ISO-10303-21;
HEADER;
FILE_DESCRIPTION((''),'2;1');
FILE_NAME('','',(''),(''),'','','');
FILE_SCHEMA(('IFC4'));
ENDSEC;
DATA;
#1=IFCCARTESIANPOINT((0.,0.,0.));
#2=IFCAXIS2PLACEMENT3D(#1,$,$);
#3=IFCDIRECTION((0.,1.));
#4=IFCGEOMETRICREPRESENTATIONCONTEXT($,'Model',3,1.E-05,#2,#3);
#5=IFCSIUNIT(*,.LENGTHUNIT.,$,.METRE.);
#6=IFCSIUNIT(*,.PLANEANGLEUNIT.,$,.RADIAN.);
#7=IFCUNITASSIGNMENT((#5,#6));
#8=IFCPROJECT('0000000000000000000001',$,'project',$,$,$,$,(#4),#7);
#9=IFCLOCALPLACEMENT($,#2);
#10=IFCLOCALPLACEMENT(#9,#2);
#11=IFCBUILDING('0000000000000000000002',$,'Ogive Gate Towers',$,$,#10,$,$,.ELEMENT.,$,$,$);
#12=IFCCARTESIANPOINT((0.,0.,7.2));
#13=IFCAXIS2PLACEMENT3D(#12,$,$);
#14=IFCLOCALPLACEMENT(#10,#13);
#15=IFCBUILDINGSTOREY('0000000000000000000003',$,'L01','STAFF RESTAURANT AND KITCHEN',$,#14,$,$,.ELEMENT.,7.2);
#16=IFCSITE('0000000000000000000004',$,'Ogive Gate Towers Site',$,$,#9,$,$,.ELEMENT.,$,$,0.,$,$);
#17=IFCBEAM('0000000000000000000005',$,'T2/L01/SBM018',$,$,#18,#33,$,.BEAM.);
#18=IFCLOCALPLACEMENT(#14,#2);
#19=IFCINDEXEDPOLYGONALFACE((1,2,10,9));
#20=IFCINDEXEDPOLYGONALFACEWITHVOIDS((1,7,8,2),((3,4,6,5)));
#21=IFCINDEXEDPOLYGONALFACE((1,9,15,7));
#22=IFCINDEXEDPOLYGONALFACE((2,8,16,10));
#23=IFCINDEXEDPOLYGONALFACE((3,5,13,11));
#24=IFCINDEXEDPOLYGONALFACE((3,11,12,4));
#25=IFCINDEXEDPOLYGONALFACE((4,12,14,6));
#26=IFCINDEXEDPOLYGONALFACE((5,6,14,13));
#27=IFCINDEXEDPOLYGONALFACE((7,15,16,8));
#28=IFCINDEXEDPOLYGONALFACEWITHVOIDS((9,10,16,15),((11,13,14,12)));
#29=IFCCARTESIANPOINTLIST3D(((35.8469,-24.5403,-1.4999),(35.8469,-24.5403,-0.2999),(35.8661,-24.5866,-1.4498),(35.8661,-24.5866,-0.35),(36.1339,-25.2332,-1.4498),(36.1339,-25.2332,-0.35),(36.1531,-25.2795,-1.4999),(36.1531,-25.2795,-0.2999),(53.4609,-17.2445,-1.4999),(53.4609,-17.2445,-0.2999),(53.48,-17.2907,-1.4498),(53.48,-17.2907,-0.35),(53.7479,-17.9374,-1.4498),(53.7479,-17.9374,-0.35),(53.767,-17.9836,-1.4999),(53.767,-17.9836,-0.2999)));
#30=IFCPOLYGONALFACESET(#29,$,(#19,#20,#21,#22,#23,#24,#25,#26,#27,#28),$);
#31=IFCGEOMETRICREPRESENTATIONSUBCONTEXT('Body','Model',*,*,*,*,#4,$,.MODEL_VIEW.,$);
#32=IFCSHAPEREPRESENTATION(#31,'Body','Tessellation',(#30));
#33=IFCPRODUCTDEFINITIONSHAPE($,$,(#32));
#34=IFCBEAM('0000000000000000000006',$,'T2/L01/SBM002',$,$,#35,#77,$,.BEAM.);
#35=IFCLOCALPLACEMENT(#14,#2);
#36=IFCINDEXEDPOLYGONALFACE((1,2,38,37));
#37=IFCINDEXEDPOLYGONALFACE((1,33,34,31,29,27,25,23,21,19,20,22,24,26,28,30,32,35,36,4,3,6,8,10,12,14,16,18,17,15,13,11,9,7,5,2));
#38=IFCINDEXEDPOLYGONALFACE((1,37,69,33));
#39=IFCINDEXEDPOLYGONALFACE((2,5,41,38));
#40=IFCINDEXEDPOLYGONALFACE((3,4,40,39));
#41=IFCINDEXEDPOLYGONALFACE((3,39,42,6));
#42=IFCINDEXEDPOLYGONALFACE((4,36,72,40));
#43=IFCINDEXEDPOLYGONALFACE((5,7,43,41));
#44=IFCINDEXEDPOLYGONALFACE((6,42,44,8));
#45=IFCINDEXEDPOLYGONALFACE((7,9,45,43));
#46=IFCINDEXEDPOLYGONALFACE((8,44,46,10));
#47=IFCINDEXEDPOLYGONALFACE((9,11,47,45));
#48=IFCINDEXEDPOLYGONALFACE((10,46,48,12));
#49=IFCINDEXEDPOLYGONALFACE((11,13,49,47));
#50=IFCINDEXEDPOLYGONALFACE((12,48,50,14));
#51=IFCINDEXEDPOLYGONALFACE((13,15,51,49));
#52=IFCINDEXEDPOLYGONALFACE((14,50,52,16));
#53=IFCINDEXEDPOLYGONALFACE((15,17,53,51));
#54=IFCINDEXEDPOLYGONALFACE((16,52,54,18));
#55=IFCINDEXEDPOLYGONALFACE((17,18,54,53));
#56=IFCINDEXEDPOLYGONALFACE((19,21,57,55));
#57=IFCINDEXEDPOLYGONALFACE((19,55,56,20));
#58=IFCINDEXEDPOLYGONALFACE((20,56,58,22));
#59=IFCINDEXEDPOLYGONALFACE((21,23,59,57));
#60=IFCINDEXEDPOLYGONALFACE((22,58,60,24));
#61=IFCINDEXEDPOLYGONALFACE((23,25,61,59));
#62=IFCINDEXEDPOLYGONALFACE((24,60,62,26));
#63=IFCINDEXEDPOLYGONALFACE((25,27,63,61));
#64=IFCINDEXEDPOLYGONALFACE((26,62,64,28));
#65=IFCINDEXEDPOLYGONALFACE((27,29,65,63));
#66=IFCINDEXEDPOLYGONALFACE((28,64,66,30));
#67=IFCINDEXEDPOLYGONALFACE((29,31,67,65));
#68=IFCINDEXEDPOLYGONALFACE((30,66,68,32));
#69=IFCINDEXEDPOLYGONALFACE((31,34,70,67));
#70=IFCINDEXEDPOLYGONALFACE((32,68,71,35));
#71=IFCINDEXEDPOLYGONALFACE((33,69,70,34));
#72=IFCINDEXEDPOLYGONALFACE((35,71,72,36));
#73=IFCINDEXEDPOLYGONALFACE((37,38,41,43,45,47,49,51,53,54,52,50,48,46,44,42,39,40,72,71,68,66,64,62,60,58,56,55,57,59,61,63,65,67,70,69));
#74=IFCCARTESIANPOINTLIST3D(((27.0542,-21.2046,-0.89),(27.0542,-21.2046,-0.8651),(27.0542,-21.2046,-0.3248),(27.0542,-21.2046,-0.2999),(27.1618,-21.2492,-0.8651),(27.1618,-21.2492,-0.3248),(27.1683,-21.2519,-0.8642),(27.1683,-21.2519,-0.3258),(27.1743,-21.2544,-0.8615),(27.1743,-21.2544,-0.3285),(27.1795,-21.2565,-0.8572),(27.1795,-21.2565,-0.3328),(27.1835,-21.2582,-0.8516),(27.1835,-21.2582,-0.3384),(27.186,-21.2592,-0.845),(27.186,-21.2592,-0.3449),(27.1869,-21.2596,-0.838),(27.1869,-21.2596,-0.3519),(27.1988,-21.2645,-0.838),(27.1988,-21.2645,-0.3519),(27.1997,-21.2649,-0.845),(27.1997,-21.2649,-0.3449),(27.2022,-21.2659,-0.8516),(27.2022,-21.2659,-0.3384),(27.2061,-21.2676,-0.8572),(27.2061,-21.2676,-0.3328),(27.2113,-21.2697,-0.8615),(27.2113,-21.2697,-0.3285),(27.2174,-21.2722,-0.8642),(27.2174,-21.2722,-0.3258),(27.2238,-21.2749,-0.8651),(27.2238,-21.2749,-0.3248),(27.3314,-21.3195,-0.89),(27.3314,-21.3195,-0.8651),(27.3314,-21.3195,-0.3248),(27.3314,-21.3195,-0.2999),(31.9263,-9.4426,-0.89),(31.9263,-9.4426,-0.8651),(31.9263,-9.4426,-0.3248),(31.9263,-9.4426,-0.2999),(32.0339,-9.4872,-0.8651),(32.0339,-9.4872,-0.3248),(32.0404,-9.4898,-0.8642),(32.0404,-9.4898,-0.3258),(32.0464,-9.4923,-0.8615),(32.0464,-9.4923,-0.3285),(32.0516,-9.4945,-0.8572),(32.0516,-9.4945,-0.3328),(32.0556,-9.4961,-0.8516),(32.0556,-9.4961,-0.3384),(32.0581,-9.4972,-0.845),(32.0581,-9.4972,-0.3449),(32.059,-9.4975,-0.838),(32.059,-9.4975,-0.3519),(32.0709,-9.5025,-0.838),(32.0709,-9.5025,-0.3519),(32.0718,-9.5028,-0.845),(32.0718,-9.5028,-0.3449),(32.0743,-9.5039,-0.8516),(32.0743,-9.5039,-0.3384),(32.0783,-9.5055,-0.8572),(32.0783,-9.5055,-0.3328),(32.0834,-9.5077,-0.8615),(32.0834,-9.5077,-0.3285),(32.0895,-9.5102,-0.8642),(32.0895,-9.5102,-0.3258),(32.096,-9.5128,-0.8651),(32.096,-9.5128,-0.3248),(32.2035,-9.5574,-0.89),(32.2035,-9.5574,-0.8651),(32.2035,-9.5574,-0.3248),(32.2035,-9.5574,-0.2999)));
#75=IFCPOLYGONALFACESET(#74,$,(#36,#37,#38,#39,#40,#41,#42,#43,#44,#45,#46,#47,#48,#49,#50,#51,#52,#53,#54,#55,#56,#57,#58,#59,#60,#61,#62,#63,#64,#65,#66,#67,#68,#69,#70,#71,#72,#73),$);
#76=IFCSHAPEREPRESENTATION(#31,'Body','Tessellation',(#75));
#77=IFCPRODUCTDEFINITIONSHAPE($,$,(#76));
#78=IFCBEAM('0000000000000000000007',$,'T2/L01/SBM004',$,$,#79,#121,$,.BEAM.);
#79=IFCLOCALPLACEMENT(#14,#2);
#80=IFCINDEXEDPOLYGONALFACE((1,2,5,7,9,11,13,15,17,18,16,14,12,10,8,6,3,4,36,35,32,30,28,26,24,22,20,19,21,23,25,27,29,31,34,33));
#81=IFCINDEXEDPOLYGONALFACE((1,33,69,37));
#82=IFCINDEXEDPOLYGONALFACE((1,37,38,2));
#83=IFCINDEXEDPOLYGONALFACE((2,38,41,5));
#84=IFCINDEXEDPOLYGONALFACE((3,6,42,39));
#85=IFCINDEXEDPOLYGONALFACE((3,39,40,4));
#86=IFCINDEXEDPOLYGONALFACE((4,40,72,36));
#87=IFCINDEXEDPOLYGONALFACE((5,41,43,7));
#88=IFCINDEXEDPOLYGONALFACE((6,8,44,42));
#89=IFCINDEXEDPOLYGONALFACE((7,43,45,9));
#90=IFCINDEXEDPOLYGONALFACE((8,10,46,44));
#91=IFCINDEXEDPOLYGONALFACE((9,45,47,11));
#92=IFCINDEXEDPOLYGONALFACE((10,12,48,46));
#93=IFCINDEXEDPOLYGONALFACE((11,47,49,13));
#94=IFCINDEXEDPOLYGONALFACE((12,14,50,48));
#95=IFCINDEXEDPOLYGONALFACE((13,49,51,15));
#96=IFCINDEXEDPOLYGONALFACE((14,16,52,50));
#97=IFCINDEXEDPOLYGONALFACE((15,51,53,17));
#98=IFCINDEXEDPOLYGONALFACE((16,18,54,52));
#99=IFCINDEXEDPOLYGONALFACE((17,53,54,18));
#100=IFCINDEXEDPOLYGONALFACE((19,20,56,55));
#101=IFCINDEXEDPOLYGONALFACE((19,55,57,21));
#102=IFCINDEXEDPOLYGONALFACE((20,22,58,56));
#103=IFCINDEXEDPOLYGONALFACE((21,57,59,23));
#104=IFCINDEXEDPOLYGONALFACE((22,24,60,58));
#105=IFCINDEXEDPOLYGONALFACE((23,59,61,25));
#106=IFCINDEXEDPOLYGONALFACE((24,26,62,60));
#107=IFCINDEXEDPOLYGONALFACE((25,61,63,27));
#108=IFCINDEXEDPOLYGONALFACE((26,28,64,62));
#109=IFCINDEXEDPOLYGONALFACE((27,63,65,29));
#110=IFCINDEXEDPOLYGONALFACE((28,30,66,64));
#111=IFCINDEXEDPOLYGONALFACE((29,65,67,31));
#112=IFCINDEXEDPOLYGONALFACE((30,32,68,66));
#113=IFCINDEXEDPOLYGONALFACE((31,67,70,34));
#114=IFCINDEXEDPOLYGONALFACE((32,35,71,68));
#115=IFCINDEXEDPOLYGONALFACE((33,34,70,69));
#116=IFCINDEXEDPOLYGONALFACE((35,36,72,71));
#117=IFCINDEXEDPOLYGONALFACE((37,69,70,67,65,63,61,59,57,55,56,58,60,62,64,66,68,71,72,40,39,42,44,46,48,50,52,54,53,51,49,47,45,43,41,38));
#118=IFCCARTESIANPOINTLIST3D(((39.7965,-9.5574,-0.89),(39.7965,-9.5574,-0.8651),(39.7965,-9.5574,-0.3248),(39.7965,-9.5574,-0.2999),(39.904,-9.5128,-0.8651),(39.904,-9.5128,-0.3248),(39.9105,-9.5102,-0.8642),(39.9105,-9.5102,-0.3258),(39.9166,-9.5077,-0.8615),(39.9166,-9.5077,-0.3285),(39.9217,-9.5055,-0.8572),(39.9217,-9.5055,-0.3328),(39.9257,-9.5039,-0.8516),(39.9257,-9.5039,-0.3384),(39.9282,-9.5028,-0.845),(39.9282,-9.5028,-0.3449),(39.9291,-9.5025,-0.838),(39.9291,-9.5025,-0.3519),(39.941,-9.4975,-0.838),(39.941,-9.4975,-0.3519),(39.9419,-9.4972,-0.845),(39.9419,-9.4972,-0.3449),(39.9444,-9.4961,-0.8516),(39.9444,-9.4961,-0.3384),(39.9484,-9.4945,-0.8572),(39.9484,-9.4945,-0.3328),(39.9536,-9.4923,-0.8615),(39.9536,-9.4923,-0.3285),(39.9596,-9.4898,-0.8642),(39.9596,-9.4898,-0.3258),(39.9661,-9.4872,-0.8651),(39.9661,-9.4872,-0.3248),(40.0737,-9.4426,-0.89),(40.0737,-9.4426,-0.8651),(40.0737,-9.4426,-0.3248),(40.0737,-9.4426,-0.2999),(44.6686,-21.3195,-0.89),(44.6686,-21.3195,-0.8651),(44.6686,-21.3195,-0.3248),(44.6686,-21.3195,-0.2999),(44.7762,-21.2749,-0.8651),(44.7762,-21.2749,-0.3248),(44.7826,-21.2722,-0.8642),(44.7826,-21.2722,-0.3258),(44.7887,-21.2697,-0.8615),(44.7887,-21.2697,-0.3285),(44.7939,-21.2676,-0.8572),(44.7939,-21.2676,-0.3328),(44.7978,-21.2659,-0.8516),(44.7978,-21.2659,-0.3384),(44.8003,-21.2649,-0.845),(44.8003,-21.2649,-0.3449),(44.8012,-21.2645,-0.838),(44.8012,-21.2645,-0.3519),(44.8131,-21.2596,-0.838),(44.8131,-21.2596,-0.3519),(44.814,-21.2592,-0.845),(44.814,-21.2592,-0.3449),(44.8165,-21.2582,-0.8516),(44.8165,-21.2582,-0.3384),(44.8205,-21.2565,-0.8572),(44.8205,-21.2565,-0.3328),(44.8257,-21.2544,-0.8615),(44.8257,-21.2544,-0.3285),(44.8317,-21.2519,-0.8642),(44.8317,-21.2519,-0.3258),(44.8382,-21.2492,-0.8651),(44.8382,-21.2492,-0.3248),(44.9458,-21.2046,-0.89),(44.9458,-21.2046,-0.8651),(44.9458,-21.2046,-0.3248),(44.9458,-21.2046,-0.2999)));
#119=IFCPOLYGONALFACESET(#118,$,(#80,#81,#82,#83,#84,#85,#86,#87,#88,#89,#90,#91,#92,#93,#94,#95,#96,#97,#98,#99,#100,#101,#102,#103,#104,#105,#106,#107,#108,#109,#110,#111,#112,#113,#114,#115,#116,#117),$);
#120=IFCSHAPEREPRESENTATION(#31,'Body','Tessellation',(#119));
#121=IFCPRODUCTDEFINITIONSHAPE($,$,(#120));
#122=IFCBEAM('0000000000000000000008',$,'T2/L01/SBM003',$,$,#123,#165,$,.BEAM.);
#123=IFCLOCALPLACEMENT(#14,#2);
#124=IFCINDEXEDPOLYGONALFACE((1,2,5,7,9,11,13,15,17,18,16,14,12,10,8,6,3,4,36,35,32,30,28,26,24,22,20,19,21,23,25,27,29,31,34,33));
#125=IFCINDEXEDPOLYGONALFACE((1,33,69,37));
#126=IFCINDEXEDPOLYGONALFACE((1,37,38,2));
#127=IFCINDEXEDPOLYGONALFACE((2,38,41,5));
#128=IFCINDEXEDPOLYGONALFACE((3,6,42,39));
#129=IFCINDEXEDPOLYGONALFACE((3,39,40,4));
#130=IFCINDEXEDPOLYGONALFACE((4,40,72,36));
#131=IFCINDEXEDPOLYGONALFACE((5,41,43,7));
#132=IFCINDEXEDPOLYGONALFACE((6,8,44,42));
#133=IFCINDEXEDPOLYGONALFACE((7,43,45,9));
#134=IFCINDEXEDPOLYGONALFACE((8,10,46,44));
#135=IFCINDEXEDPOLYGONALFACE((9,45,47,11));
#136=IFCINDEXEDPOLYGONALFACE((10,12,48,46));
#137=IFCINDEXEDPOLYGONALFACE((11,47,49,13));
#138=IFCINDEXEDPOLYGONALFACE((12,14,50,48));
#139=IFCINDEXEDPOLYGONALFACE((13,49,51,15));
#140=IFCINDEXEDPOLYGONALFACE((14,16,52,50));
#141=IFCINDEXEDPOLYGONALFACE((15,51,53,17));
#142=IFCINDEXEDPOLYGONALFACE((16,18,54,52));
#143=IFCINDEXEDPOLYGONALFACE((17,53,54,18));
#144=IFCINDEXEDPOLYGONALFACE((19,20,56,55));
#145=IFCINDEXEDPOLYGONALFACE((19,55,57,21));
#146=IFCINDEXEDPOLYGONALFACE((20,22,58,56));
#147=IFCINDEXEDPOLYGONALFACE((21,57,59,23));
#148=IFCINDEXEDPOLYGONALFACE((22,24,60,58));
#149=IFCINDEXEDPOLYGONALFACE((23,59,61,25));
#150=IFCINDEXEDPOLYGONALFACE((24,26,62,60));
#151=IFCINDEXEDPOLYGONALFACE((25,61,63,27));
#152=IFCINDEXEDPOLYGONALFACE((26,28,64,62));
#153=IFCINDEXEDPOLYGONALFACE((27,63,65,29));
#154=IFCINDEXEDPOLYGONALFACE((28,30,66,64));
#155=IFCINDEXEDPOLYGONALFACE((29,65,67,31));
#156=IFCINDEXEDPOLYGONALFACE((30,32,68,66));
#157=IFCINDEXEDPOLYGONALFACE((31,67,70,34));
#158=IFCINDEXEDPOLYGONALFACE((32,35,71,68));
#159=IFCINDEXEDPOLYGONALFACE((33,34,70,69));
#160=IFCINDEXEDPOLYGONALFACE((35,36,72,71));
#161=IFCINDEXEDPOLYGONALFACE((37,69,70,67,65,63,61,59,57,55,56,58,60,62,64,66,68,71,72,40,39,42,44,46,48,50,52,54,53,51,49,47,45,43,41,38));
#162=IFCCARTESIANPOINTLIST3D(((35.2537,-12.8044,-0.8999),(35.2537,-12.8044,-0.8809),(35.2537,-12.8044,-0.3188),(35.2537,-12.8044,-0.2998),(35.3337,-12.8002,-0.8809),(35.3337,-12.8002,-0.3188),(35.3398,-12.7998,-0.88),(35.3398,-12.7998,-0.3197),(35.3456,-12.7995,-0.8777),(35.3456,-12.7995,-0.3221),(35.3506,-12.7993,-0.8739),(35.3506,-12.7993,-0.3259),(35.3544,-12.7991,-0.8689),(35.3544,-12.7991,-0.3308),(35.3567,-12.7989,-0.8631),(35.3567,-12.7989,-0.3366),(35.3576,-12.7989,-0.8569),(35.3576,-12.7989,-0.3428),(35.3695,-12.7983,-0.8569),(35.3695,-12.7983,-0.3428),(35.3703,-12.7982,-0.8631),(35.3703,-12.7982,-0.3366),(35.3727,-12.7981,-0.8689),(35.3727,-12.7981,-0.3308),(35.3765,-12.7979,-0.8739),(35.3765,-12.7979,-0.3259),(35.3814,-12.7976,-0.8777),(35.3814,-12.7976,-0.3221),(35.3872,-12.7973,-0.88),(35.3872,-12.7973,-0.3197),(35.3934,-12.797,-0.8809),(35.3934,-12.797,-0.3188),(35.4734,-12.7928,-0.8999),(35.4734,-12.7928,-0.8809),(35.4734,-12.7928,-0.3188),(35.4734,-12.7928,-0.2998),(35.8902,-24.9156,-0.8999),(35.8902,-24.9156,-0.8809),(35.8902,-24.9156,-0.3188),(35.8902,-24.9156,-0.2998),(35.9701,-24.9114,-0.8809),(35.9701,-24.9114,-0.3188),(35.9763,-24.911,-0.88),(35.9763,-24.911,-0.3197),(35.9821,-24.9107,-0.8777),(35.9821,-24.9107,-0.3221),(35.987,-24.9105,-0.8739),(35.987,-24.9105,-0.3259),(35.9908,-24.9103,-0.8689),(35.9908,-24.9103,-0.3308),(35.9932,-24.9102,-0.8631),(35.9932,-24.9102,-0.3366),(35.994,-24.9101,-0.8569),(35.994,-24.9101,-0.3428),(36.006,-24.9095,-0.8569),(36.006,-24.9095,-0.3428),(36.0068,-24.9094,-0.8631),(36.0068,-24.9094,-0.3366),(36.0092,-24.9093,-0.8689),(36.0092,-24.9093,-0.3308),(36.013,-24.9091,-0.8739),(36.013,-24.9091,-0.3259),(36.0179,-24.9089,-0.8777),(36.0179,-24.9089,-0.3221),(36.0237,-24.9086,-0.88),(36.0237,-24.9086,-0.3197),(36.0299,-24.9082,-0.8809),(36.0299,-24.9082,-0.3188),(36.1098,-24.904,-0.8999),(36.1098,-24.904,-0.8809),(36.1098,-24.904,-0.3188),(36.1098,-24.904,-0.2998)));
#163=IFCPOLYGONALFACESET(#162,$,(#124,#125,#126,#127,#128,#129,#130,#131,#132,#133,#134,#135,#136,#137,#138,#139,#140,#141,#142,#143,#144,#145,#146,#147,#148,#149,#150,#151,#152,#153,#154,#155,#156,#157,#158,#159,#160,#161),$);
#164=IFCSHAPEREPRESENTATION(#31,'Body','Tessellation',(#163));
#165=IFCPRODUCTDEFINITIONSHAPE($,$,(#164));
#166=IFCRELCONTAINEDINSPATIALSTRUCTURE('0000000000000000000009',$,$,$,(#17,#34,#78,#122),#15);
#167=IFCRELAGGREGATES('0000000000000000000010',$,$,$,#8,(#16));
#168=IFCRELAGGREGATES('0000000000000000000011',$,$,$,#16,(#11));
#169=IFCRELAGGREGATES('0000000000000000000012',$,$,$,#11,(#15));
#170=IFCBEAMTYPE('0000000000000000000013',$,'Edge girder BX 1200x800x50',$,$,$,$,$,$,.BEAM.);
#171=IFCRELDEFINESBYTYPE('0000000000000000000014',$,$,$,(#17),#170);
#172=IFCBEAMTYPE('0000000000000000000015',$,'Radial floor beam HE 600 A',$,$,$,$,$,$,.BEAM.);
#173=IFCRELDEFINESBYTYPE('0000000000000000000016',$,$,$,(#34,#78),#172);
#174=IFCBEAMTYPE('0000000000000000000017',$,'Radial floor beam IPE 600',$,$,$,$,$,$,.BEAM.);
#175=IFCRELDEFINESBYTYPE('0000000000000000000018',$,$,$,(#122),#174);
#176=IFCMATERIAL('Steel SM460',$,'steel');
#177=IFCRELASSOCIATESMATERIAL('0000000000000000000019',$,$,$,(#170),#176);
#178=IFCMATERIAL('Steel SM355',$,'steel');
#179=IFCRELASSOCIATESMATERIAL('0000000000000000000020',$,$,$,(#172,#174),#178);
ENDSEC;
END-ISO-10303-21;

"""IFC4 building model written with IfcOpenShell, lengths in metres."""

from ifc_helpers import new_model, si_unit, direction, frame, origin, origin_2d, place, context, subcontext, project, spatial, hollow_rectangle, i_section, extrude, material, material_profile, profile_set, type_object, element, save


model = new_model("IFC4")

# Units and contexts
model_context = context("Model", 3, precision=1e-05, world=origin(), true_north=direction((0.0, 1.0)))
body_context = subcontext(model_context, "Body", "Model", "MODEL_VIEW")
ifc_project = project(units=[si_unit("LENGTHUNIT", "METRE"), si_unit("PLANEANGLEUNIT", "RADIAN")], contexts=[model_context])

# Site, building, storey
site_placement = place(None, origin())
site = spatial("IfcSite", under=ifc_project, at=site_placement, Name="Ogive Gate Towers Site", CompositionType="ELEMENT", RefElevation=0.0)
building_placement = place(site_placement, origin())
building = spatial("IfcBuilding", under=site, at=building_placement, Name="Ogive Gate Towers", CompositionType="ELEMENT")
storey_placement = place(building_placement, frame((0.0, 0.0, 7.2)))
storey = spatial("IfcBuildingStorey", under=building, at=storey_placement, Name="L01", Description="STAFF RESTAURANT AND KITCHEN", CompositionType="ELEMENT", Elevation=7.2)

# Beams
ifc_material_1 = material(Name="Steel SM460", Category="steel")
ifc_material_profile_1 = material_profile(ifc_material_1, hollow_rectangle(XDim=0.8, YDim=1.2, WallThickness=0.05, at=origin_2d()), Name="BX 1200x800x50")
ifc_profile_set_1 = profile_set([ifc_material_profile_1], Name="Steel SM460")
beam_type_1 = type_object("IfcBeamType", Name="Edge girder BX 1200x800x50", PredefinedType="BEAM", material=ifc_profile_set_1)
beam_1_placement = place(storey_placement, frame((36.0, -24.9099, -0.8999), z_axis=(0.923881, 0.382681, 0.0), x_axis=(-0.382681, 0.923881, 0.0)))
element("IfcBeam", 1, at=beam_1_placement, inside=storey, type_object=beam_type_1, Name="T2/L01/SBM018", PredefinedType="BEAM", context=body_context, shape_type="SweptSolid", body=[
    extrude(hollow_rectangle(XDim=0.8, YDim=1.2, WallThickness=0.05, at=origin_2d()), origin(), (0.0, 0.0, 1.0), 19.0652),
])
ifc_material_2 = material(Name="Steel SM355", Category="steel")
ifc_material_profile_2 = material_profile(ifc_material_2, i_section(OverallWidth=0.3, OverallDepth=0.5901, WebThickness=0.0129, FlangeThickness=0.0249, FilletRadius=0.0271, at=origin_2d()), Name="HE 600 A")
ifc_profile_set_2 = profile_set([ifc_material_profile_2], Name="Steel SM355")
beam_type_2 = type_object("IfcBeamType", Name="Radial floor beam HE 600 A", PredefinedType="BEAM", material=ifc_profile_set_2)
for number, where, z_axis, x_axis, name in (
    (2, (32.0649, -9.5, -0.595), (-0.382691, -0.923877, 0.0), (0.923877, -0.382691, 0.0), "T2/L01/SBM002"),
    (3, (39.9351, -9.5, -0.595), (0.382691, -0.923877, 0.0), (0.923877, 0.382691, 0.0), "T2/L01/SBM004"),
):
    element("IfcBeam", number, at=place(storey_placement, frame(where, z_axis=z_axis, x_axis=x_axis)), inside=storey, type_object=beam_type_2, Name=name, PredefinedType="BEAM", context=body_context, shape_type="SweptSolid", body=[
        extrude(i_section(OverallWidth=0.3, OverallDepth=0.5901, WebThickness=0.0129, FlangeThickness=0.0249, FilletRadius=0.0271, at=origin_2d()), origin(), (0.0, 0.0, 1.0), 12.7312),
    ])
ifc_material_profile_3 = material_profile(ifc_material_2, i_section(OverallWidth=0.22, OverallDepth=0.6001, WebThickness=0.012, FlangeThickness=0.019, FilletRadius=0.0239, at=origin_2d()), Name="IPE 600")
ifc_profile_set_3 = profile_set([ifc_material_profile_3], Name="Steel SM355")
beam_type_3 = type_object("IfcBeamType", Name="Radial floor beam IPE 600", PredefinedType="BEAM", material=ifc_profile_set_3)
beam_2_placement = place(storey_placement, frame((35.3635, -12.7986, -0.5999), z_axis=(0.05248, -0.998622, 0.0), x_axis=(0.998622, 0.05248, 0.0)))
element("IfcBeam", 4, at=beam_2_placement, inside=storey, type_object=beam_type_3, Name="T2/L01/SBM003", PredefinedType="BEAM", context=body_context, shape_type="SweptSolid", body=[
    extrude(i_section(OverallWidth=0.22, OverallDepth=0.6001, WebThickness=0.012, FlangeThickness=0.019, FilletRadius=0.0239, at=origin_2d()), origin(), (0.0, 0.0, 1.0), 12.1279),
])

save(model, "model.ifc")
